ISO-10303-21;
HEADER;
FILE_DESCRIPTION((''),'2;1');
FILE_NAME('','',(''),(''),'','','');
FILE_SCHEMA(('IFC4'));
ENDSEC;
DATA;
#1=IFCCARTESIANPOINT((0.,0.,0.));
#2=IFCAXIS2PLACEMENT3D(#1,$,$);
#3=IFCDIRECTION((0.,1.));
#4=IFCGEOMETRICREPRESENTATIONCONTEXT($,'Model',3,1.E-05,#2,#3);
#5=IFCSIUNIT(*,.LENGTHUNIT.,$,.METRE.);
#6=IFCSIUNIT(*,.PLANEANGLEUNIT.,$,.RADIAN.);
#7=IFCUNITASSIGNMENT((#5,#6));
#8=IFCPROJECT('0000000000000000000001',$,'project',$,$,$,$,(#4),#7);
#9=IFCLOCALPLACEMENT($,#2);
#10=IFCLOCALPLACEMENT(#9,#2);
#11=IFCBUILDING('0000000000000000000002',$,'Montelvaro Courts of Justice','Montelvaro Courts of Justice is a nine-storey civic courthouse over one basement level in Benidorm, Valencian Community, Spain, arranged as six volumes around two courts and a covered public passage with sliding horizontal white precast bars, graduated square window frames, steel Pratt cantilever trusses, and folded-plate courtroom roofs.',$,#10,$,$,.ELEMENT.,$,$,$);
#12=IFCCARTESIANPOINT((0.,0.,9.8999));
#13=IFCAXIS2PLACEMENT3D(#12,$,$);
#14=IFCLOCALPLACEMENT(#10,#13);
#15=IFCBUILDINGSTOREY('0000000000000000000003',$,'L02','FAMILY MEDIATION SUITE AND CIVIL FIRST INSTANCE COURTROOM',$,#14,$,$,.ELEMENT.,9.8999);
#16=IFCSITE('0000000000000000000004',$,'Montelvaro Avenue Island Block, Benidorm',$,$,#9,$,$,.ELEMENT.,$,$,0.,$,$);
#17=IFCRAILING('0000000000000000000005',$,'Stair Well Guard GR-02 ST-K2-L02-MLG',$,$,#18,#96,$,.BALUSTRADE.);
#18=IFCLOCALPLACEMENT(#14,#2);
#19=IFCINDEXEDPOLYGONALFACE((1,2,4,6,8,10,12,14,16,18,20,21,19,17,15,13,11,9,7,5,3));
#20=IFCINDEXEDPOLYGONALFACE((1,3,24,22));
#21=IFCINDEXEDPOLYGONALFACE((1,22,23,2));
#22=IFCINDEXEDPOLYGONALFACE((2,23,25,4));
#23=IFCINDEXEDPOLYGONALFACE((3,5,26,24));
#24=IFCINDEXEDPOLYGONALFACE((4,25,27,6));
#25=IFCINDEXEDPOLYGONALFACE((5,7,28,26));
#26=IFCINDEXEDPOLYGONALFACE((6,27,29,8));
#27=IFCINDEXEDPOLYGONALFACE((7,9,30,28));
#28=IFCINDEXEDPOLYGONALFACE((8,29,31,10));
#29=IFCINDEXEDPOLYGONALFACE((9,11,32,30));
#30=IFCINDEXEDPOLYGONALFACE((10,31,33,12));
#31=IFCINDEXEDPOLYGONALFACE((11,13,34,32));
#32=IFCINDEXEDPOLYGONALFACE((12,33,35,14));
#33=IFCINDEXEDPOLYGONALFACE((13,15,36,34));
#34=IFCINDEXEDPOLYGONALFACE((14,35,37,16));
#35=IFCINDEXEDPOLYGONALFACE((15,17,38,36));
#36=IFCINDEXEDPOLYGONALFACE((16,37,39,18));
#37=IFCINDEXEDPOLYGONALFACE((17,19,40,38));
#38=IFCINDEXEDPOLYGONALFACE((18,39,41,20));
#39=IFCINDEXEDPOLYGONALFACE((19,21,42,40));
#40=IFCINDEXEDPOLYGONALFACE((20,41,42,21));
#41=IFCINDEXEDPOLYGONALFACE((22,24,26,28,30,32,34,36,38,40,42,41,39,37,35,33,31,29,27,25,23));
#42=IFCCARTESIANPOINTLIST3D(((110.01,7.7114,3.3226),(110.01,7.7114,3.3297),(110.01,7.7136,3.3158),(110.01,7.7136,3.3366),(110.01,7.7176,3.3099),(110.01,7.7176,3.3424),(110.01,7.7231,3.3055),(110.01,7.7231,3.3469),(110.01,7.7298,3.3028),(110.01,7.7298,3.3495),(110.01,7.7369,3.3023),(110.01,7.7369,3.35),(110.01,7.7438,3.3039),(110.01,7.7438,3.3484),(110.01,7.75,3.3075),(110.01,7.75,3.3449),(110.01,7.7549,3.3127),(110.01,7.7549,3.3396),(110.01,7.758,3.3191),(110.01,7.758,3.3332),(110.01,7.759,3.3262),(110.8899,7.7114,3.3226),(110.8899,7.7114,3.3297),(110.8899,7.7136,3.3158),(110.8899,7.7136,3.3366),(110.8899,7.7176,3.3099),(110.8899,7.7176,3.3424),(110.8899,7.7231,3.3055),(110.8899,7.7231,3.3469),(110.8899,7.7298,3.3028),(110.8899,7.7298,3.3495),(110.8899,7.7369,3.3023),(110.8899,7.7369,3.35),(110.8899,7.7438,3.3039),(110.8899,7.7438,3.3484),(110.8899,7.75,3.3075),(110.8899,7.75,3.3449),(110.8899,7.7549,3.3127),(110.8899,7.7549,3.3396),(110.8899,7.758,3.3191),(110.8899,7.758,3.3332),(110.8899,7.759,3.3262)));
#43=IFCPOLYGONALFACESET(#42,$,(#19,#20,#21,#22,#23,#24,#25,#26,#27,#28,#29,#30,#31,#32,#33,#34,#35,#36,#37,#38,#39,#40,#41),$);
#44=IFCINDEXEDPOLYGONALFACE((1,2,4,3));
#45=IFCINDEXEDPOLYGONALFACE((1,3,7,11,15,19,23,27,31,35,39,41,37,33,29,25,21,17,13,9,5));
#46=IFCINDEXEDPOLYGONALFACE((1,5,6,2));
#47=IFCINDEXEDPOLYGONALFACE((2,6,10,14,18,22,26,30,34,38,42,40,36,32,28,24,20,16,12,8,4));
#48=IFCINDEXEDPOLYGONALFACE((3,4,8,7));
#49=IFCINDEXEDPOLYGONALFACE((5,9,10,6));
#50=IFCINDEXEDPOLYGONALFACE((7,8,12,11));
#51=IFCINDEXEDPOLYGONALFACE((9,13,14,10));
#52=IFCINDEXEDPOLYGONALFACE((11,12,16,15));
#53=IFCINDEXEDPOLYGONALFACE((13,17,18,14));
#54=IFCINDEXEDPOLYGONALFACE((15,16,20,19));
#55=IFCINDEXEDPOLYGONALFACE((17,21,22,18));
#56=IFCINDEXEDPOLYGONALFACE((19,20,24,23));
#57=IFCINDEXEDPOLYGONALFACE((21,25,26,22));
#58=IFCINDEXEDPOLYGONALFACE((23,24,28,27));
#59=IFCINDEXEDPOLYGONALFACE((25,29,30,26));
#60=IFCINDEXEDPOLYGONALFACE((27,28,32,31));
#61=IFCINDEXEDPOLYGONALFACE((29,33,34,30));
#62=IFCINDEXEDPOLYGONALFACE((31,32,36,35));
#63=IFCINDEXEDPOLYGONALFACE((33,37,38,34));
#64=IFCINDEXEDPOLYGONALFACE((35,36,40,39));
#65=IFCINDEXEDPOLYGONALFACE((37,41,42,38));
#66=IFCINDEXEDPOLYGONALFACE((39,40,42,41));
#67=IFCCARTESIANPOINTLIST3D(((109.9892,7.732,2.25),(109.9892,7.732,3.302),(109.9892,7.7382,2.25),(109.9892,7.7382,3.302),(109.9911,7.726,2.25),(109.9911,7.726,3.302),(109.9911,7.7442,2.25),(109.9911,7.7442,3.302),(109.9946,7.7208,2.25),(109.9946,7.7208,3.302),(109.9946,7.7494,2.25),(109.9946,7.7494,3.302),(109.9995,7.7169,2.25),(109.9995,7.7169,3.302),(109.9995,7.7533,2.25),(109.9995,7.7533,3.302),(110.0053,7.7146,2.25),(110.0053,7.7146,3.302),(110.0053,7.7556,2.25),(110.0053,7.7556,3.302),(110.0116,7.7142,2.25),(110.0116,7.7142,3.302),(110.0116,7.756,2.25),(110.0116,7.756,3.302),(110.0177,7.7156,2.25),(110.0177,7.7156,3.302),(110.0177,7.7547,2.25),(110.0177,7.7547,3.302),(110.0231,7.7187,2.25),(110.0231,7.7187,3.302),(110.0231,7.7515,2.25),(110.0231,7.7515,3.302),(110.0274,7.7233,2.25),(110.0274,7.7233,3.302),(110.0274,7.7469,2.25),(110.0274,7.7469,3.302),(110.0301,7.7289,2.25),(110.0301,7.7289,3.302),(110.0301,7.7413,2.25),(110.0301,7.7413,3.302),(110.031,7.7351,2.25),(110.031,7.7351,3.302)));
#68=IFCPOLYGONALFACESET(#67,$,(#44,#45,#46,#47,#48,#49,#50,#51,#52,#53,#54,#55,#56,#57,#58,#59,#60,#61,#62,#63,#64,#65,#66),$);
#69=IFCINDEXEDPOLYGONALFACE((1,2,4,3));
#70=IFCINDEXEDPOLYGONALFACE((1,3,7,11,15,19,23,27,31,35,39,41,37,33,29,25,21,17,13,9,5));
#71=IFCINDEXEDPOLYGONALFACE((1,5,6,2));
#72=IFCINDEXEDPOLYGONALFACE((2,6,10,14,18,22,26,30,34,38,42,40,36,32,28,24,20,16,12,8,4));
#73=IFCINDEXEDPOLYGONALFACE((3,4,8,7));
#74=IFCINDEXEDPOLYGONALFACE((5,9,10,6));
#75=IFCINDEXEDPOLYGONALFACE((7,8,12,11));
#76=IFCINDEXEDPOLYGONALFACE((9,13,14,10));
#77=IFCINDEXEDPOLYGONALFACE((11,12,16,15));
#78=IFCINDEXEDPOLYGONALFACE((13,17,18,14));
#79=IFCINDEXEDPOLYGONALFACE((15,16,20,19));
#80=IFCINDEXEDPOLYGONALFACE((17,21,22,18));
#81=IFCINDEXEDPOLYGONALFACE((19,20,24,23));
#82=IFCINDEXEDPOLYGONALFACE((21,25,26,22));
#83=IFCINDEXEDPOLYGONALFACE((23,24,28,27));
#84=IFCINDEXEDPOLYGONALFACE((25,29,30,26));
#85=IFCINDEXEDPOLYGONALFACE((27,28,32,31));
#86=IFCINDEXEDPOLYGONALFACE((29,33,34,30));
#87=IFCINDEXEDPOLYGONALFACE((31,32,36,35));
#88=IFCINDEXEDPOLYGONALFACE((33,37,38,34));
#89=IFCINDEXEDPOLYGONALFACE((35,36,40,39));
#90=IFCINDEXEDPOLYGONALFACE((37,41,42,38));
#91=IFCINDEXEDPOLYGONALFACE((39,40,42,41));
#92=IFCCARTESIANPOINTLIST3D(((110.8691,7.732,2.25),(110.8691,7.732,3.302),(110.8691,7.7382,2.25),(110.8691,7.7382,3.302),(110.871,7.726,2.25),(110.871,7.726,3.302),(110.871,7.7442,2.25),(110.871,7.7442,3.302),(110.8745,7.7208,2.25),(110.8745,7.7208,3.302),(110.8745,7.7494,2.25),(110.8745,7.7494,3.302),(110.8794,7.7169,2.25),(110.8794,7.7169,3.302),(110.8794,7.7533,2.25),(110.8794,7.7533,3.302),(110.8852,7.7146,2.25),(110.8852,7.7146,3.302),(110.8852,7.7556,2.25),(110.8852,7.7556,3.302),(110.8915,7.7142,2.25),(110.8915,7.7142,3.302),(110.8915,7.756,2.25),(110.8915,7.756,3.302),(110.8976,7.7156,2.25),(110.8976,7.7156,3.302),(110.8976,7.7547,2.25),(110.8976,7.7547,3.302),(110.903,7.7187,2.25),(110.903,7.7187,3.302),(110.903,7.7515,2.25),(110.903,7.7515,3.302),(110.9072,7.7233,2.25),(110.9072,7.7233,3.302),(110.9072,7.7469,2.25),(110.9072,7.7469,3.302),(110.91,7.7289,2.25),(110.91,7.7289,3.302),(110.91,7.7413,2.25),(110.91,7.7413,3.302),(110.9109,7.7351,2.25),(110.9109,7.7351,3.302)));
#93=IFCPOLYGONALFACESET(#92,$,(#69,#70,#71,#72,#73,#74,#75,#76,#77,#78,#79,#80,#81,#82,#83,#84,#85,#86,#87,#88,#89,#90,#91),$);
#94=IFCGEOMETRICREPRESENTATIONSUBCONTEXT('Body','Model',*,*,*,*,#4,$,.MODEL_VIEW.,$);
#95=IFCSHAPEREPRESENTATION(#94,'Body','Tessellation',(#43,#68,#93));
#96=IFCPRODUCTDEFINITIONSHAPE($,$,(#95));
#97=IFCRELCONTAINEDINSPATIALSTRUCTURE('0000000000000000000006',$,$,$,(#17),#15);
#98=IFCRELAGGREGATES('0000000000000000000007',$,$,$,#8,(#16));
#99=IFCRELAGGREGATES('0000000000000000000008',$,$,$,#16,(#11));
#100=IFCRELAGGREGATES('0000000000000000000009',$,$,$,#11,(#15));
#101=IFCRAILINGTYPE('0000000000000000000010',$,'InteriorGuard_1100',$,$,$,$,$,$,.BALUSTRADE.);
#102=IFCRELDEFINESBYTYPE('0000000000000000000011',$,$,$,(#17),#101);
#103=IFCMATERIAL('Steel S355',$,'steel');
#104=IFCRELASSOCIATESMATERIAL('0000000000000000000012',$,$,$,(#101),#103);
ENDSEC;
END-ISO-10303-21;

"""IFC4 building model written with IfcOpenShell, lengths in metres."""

from ifc_helpers import new_model, si_unit, direction, frame, origin, origin_2d, place, context, subcontext, project, spatial, circle, extrude, material, type_object, element, save


model = new_model("IFC4")

# Units and contexts
model_context = context("Model", 3, precision=1e-05, world=origin(), true_north=direction((0.0, 1.0)))
body_context = subcontext(model_context, "Body", "Model", "MODEL_VIEW")
ifc_project = project(units=[si_unit("LENGTHUNIT", "METRE"), si_unit("PLANEANGLEUNIT", "RADIAN")], contexts=[model_context])

# Site, building, storey
site_placement = place(None, origin())
site = spatial("IfcSite", under=ifc_project, at=site_placement, Name="Montelvaro Avenue Island Block, Benidorm", CompositionType="ELEMENT", RefElevation=0.0)
building_placement = place(site_placement, origin())
building = spatial("IfcBuilding", under=site, at=building_placement, Name="Montelvaro Courts of Justice", Description="Montelvaro Courts of Justice is a nine-storey civic courthouse over one basement level in Benidorm, Valencian Community, Spain, arranged as six volumes around two courts and a covered public passage with sliding horizontal white precast bars, graduated square window frames, steel Pratt cantilever trusses, and folded-plate courtroom roofs.", CompositionType="ELEMENT")
storey_placement = place(building_placement, frame((0.0, 0.0, 9.8999)))
storey = spatial("IfcBuildingStorey", under=building, at=storey_placement, Name="L02", Description="FAMILY MEDIATION SUITE AND CIVIL FIRST INSTANCE COURTROOM", CompositionType="ELEMENT", Elevation=9.8999)

# Shared definitions
ifc_material_1 = material(Name="Steel S355", Category="steel")

# Railing
railing_type_1 = type_object("IfcRailingType", Name="InteriorGuard_1100", PredefinedType="BALUSTRADE", material=ifc_material_1)
railing_1_placement = place(storey_placement, frame((110.01, 7.7351, 2.25)))
element("IfcRailing", 1, at=railing_1_placement, inside=storey, type_object=railing_type_1, Name="Stair Well Guard GR-02 ST-K2-L02-MLG", PredefinedType="BALUSTRADE", context=body_context, shape_type="SweptSolid", body=[
    extrude(circle(Radius=0.0239, at=origin_2d()), frame((0.0, 0.0, 1.0762), z_axis=(1.0, 0.0, 0.0), x_axis=(0.0, 1.0, 0.0)), (0.0, 0.0, 1.0), 0.8799),
    extrude(circle(Radius=0.021, at=origin_2d()), origin(), (0.0, 0.0, 1.0), 1.052),
    extrude(circle(Radius=0.021, at=origin_2d()), frame((0.8799, 0.0, 0.0)), (0.0, 0.0, 1.0), 1.052),
])

save(model, "model.ifc")
